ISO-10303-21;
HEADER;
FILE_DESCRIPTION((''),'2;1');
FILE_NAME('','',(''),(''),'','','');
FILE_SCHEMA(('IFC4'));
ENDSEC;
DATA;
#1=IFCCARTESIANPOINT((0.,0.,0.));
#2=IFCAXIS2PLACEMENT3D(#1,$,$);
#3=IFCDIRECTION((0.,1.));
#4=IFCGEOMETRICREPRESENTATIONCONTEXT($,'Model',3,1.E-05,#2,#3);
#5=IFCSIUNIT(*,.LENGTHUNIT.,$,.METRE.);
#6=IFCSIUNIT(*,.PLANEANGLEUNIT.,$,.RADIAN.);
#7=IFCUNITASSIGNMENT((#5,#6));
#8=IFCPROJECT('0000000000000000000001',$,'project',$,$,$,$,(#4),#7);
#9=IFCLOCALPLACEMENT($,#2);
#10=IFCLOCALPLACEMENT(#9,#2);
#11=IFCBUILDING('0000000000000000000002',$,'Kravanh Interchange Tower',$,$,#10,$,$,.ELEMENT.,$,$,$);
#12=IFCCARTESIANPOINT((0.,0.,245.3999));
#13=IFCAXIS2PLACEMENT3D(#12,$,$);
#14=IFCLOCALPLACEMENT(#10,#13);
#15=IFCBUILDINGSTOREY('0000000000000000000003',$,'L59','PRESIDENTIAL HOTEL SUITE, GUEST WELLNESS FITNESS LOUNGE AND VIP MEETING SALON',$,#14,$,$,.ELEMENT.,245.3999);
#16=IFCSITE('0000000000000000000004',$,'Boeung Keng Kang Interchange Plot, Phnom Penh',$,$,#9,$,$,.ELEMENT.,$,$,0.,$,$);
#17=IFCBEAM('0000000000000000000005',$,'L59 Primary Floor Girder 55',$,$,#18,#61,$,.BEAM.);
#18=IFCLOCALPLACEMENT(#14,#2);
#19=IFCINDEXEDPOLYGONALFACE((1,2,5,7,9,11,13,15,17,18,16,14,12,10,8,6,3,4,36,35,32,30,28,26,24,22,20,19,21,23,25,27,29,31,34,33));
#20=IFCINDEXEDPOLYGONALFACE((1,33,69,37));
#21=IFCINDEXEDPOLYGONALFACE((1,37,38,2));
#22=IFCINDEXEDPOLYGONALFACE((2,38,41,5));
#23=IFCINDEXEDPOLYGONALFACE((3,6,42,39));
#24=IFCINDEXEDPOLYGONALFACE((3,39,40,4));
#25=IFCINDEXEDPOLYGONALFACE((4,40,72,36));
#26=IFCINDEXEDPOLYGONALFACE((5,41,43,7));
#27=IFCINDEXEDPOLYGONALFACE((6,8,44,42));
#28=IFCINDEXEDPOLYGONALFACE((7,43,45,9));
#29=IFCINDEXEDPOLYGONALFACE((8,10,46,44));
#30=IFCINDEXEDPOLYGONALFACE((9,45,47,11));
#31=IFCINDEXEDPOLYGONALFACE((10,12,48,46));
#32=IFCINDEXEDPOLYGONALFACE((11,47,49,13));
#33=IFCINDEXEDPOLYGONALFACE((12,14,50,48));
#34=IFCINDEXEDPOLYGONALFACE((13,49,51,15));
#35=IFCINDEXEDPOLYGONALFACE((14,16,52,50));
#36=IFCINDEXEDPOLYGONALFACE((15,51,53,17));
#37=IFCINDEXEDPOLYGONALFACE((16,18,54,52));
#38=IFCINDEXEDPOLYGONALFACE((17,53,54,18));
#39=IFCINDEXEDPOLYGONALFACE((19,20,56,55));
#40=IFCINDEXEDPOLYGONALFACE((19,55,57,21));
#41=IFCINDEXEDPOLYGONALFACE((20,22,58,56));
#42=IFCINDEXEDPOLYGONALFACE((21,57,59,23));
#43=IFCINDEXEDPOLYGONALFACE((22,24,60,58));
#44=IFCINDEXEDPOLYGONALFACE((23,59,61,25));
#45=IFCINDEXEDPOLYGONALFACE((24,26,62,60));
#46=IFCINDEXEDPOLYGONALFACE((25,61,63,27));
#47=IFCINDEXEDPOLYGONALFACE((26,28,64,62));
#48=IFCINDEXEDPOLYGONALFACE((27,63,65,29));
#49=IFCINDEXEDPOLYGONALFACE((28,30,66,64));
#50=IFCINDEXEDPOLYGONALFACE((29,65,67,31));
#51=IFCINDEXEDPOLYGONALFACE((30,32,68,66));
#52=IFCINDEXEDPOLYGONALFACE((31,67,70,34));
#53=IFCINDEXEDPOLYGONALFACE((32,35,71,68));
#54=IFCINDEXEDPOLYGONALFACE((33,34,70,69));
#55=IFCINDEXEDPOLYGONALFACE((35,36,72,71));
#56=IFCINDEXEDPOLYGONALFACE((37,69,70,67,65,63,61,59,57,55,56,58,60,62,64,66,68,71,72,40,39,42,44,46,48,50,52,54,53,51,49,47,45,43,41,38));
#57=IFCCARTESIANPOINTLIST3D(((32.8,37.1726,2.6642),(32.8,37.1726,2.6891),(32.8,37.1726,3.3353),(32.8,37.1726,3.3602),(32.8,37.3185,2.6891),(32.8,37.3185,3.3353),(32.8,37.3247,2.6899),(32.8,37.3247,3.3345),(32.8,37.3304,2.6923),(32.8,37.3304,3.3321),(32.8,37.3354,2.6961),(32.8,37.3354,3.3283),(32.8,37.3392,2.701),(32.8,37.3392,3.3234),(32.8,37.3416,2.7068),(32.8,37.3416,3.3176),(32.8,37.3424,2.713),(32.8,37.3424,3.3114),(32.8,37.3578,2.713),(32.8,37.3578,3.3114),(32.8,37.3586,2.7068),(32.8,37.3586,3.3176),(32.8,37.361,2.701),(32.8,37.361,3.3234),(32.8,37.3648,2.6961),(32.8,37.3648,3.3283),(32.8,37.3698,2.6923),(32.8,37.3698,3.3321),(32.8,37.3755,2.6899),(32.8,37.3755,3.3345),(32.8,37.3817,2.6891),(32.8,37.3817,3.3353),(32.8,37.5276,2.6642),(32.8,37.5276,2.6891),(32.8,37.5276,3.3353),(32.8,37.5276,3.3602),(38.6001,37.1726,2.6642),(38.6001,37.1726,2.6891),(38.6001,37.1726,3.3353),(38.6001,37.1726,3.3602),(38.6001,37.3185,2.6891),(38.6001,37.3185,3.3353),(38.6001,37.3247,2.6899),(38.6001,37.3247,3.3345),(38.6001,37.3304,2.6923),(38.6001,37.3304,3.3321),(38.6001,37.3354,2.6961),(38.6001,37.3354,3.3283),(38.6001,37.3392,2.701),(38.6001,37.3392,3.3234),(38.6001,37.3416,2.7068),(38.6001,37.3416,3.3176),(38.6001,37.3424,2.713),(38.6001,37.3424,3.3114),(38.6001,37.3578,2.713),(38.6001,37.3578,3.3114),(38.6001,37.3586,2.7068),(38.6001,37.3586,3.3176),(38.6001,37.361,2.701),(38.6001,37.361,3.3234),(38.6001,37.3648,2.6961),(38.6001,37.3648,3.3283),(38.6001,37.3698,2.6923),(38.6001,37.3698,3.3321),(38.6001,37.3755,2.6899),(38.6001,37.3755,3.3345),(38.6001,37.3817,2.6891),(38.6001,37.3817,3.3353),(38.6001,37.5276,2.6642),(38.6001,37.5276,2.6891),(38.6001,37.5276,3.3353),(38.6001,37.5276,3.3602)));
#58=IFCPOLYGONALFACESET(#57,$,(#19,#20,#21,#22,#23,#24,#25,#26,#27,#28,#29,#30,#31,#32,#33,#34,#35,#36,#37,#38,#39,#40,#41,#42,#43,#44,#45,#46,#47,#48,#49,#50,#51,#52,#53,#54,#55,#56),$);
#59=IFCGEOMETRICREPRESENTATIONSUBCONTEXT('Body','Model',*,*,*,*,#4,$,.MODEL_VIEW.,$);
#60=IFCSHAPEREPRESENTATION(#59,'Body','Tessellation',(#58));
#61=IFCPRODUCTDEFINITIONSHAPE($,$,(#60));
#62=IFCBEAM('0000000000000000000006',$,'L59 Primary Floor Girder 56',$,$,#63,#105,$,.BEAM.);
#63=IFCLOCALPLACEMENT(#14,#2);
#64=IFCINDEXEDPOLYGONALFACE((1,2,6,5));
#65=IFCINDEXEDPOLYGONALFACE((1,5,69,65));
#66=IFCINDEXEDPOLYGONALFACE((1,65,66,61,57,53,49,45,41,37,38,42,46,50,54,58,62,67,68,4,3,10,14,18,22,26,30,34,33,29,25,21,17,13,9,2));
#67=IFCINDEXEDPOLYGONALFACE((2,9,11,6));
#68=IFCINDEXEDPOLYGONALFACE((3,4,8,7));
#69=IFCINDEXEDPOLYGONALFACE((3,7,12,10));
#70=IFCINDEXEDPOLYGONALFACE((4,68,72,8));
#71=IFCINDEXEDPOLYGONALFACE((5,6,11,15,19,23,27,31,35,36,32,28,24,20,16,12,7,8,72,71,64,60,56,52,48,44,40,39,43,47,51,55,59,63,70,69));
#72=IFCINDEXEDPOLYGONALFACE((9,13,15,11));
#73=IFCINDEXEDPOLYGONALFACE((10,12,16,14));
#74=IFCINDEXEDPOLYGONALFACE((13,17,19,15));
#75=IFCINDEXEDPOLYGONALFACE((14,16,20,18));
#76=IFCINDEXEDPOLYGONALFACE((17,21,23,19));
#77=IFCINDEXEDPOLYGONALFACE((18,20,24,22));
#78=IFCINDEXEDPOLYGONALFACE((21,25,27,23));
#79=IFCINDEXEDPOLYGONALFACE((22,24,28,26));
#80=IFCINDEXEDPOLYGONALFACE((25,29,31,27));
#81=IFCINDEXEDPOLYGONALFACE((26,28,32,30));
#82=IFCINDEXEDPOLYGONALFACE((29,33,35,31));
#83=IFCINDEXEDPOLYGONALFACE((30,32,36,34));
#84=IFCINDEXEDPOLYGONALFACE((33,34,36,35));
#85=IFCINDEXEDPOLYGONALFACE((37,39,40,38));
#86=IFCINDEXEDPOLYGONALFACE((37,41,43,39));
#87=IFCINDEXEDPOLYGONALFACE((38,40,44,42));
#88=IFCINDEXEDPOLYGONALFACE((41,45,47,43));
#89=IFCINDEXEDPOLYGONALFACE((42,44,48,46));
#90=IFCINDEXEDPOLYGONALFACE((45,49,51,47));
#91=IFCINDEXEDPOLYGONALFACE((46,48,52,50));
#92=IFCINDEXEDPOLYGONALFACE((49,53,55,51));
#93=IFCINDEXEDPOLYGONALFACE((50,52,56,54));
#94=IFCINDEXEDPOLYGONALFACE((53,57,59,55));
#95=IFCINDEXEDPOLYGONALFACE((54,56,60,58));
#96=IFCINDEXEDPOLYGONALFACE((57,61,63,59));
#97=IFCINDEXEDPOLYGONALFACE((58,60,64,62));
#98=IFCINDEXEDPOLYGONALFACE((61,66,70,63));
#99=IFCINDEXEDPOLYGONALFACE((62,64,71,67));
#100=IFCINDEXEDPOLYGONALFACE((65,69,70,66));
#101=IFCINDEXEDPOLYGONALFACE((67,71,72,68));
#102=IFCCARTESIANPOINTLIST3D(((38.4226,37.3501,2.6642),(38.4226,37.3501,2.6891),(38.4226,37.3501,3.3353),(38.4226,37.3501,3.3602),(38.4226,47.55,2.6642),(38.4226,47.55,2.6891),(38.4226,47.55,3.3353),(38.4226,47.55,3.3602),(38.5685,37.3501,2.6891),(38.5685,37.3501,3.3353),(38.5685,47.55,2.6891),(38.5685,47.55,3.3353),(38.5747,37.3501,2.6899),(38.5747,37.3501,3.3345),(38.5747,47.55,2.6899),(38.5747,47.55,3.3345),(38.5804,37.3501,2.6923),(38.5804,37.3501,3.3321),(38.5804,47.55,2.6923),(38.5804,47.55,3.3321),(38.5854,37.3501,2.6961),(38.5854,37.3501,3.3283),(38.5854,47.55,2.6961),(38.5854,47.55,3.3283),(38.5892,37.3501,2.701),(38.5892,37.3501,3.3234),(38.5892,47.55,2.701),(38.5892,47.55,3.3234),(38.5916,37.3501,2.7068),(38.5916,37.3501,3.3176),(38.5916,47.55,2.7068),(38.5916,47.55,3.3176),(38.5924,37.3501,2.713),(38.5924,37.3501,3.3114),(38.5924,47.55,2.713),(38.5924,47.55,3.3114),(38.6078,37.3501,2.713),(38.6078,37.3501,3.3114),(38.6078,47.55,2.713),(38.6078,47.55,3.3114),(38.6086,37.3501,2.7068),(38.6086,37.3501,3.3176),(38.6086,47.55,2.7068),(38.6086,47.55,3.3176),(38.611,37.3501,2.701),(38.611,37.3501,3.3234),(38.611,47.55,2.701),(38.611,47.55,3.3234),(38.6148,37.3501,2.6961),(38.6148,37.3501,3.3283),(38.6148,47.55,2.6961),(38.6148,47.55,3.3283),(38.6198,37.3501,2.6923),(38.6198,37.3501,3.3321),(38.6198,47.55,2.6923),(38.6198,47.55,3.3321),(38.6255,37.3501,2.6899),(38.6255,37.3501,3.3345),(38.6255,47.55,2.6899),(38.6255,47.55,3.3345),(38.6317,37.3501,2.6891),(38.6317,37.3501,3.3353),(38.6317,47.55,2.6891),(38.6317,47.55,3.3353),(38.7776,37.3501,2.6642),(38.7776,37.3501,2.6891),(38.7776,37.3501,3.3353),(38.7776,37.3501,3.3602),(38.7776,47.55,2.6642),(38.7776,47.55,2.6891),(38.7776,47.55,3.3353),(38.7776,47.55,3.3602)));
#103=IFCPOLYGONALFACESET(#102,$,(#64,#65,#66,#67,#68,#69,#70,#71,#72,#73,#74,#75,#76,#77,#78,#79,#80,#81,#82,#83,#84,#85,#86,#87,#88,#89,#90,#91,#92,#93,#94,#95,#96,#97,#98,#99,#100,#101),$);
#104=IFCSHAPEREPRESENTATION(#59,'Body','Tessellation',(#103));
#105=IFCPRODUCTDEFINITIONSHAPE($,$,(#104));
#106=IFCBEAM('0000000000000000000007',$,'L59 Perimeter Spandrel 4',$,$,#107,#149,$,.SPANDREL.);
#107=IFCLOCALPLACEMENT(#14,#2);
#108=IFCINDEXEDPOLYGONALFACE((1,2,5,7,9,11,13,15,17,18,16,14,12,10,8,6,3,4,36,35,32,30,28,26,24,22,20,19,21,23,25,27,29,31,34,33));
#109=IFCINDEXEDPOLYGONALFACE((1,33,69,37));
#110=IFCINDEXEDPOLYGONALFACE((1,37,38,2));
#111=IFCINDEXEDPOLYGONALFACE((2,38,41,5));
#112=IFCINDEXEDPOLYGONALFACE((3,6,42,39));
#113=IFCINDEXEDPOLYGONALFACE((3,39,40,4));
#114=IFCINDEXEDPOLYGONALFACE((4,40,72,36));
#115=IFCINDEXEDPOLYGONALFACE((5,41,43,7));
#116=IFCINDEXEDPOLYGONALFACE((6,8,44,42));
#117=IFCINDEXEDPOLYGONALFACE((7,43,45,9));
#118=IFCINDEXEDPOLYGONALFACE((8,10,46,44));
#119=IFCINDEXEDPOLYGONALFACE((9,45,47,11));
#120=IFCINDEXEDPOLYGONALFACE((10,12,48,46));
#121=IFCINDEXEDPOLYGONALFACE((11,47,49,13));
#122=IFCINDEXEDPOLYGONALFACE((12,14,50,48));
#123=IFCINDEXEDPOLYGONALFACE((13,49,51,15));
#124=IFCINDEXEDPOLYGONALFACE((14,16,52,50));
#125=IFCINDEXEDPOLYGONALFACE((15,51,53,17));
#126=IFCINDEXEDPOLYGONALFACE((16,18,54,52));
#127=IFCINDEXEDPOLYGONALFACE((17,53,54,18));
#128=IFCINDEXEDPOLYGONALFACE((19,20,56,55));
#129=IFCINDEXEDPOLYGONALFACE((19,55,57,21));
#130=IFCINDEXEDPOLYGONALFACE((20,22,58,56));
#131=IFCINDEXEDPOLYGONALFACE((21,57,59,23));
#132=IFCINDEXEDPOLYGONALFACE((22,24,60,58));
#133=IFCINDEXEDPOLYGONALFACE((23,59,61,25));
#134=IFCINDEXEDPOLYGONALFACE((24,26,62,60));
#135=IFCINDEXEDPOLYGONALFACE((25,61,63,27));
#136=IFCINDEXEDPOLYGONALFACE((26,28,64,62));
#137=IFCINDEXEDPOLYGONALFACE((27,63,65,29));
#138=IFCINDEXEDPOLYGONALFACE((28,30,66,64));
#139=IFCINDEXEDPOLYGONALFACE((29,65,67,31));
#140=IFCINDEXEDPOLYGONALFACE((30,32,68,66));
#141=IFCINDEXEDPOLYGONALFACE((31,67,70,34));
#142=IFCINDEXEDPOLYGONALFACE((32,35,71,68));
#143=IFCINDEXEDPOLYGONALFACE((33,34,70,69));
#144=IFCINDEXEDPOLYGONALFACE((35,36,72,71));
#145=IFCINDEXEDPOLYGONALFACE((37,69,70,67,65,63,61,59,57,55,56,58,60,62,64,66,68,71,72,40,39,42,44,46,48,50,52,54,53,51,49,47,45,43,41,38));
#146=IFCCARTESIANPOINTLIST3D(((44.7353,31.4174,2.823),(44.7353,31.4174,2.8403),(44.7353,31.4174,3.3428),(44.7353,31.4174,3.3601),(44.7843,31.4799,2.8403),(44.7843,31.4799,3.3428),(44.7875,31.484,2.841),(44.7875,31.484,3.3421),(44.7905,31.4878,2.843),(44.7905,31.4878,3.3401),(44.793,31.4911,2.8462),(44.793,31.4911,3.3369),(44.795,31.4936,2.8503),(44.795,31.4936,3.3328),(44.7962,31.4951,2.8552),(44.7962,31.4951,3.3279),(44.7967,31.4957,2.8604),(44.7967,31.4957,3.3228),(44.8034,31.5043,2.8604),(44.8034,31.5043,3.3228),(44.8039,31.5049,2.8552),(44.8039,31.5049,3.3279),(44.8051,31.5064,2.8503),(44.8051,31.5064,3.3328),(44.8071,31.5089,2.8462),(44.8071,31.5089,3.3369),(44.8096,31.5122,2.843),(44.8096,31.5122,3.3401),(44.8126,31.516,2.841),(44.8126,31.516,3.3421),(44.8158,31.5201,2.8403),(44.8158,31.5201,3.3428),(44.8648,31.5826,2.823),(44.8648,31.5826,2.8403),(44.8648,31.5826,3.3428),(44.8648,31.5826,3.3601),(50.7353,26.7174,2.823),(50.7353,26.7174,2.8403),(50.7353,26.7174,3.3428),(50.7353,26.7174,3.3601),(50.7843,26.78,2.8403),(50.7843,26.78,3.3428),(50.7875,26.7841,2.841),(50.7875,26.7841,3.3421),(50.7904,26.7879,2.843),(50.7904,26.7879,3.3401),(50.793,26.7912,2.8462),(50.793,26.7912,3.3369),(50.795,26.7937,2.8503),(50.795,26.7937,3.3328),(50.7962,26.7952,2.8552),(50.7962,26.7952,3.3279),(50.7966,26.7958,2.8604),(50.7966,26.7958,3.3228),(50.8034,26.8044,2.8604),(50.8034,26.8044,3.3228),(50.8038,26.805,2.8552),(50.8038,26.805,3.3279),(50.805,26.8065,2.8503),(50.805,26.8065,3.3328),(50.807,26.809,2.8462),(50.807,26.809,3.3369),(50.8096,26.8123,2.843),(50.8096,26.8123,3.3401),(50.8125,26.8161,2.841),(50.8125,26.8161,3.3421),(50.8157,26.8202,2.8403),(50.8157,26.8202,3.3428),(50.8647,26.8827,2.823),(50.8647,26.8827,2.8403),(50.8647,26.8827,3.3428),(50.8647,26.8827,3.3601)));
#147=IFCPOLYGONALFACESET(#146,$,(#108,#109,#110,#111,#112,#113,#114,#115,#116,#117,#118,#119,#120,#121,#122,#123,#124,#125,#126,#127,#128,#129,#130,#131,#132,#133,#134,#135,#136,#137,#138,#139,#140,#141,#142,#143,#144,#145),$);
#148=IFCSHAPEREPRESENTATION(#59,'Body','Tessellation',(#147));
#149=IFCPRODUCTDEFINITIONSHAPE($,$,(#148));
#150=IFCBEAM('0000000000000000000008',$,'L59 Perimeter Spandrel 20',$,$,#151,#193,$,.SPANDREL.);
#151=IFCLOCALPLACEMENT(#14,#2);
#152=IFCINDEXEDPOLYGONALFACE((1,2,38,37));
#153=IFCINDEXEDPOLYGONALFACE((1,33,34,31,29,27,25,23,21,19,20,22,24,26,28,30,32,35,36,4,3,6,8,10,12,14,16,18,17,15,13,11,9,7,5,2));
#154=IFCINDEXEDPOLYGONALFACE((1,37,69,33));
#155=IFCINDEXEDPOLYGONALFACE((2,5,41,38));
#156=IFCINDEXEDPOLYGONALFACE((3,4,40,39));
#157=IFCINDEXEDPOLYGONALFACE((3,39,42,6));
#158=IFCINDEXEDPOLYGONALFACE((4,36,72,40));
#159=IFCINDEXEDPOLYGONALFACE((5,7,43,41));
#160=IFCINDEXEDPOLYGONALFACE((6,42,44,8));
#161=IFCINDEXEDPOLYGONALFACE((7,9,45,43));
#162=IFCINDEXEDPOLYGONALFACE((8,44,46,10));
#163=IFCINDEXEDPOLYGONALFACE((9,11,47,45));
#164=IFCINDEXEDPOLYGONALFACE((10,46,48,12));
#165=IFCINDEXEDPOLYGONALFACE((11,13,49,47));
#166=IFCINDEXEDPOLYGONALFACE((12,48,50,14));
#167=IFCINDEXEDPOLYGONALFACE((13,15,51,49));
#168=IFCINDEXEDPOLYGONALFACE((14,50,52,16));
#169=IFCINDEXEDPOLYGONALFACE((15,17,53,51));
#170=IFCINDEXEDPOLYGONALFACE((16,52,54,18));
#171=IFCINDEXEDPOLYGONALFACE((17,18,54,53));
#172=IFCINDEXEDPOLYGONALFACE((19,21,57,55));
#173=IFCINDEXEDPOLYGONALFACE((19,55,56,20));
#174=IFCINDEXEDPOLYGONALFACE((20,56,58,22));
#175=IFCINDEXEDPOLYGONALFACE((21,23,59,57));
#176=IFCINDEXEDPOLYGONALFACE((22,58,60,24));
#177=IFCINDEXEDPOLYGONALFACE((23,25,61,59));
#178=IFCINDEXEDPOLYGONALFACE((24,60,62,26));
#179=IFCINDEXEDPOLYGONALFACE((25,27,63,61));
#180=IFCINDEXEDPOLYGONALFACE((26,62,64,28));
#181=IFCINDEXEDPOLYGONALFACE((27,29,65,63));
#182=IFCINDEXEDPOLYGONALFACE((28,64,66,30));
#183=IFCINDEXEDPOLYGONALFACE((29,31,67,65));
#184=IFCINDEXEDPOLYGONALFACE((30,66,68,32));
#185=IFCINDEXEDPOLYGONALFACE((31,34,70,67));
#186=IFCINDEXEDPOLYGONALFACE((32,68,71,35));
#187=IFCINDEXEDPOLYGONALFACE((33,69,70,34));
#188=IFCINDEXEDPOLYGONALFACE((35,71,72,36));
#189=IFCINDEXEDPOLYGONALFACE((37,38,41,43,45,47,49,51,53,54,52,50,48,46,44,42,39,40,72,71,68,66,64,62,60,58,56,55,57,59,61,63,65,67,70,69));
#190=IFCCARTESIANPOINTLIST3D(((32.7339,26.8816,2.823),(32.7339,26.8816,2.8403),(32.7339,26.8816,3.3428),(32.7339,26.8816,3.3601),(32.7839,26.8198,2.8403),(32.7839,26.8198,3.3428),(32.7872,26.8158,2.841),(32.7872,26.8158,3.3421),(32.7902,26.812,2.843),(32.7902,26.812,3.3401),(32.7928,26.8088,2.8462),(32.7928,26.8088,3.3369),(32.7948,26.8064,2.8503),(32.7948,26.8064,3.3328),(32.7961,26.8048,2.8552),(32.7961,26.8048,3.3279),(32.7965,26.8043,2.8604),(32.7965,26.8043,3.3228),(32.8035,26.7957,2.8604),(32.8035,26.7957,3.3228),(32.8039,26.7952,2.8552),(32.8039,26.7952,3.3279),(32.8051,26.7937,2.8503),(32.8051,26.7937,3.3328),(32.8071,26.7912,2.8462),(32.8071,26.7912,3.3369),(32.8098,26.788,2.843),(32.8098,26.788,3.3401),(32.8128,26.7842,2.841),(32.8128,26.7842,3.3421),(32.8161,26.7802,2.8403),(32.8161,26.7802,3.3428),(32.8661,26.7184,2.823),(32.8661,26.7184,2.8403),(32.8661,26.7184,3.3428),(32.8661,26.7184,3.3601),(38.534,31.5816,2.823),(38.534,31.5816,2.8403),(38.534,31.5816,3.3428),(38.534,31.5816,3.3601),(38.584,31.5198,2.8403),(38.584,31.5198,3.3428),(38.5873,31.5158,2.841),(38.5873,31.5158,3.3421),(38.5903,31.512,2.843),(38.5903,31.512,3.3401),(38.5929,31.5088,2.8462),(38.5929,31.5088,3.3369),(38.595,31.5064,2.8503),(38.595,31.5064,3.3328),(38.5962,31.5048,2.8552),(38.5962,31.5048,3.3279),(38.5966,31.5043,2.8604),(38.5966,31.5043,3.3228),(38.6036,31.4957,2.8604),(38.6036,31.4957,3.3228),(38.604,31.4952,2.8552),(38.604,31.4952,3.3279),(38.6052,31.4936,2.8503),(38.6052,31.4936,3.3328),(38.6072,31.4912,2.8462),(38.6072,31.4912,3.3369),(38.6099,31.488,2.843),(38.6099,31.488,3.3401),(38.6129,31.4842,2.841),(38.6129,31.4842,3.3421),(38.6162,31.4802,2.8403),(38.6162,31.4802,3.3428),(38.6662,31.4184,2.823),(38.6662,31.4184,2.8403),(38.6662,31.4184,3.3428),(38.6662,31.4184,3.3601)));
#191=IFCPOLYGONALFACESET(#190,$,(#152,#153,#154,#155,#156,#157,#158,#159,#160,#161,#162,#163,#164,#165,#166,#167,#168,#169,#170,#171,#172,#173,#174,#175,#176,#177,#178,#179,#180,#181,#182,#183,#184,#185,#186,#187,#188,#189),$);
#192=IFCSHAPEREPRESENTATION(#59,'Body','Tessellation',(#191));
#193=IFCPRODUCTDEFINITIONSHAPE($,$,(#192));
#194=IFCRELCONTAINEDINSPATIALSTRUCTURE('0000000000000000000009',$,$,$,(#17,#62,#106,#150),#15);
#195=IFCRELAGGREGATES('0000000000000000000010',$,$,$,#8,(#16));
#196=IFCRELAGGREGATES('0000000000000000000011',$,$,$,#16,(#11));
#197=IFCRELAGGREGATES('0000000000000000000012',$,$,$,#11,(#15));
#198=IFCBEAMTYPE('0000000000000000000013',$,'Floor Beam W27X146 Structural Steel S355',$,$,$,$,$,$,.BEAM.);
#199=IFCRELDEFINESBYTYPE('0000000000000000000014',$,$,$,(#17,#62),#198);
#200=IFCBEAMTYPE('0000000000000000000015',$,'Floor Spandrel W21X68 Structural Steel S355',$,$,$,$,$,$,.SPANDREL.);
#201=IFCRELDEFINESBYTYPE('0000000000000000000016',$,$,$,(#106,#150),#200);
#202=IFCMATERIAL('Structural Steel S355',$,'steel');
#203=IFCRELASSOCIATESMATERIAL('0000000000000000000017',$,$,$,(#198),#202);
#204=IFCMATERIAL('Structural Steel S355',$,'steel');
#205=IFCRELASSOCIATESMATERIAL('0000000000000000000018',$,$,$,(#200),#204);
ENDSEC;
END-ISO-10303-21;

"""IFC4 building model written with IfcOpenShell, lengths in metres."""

from ifc_helpers import new_model, si_unit, direction, frame, origin, origin_2d, place, context, subcontext, project, spatial, i_section, extrude, material, material_profile, profile_set, type_object, element, save


model = new_model("IFC4")

# Units and contexts
model_context = context("Model", 3, precision=1e-05, world=origin(), true_north=direction((0.0, 1.0)))
body_context = subcontext(model_context, "Body", "Model", "MODEL_VIEW")
ifc_project = project(units=[si_unit("LENGTHUNIT", "METRE"), si_unit("PLANEANGLEUNIT", "RADIAN")], contexts=[model_context])

# Site, building, storey
site_placement = place(None, origin())
site = spatial("IfcSite", under=ifc_project, at=site_placement, Name="Boeung Keng Kang Interchange Plot, Phnom Penh", CompositionType="ELEMENT", RefElevation=0.0)
building_placement = place(site_placement, origin())
building = spatial("IfcBuilding", under=site, at=building_placement, Name="Kravanh Interchange Tower", CompositionType="ELEMENT")
storey_placement = place(building_placement, frame((0.0, 0.0, 245.3999)))
storey = spatial("IfcBuildingStorey", under=building, at=storey_placement, Name="L59", Description="PRESIDENTIAL HOTEL SUITE, GUEST WELLNESS FITNESS LOUNGE AND VIP MEETING SALON", CompositionType="ELEMENT", Elevation=245.3999)

# Beams
ifc_material_1 = material(Name="Structural Steel S355", Category="steel")
ifc_material_profile_1 = material_profile(ifc_material_1, i_section(OverallWidth=0.355, OverallDepth=0.696, WebThickness=0.0154, FlangeThickness=0.0249, FilletRadius=0.0239, at=origin_2d()), Name="W27X146")
ifc_profile_set_1 = profile_set([ifc_material_profile_1], Name="Structural Steel S355")
beam_type_1 = type_object("IfcBeamType", Name="Floor Beam W27X146 Structural Steel S355", PredefinedType="BEAM", material=ifc_profile_set_1)
beam_1_placement = place(storey_placement, frame((38.6001, 37.3501, 3.0122), z_axis=(-1.0, 0.0, 0.0), x_axis=(0.0, -1.0, 0.0)))
element("IfcBeam", 1, at=beam_1_placement, inside=storey, type_object=beam_type_1, Name="L59 Primary Floor Girder 55", PredefinedType="BEAM", context=body_context, shape_type="SweptSolid", body=[
    extrude(i_section(OverallWidth=0.355, OverallDepth=0.696, WebThickness=0.0154, FlangeThickness=0.0249, FilletRadius=0.0239, at=origin_2d()), origin(), (0.0, 0.0, 1.0), 5.8),
])
beam_2_placement = place(storey_placement, frame((38.6001, 37.3501, 3.0122), z_axis=(0.0, 1.0, 0.0), x_axis=(-1.0, 0.0, 0.0)))
element("IfcBeam", 2, at=beam_2_placement, inside=storey, type_object=beam_type_1, Name="L59 Primary Floor Girder 56", PredefinedType="BEAM", context=body_context, shape_type="SweptSolid", body=[
    extrude(i_section(OverallWidth=0.355, OverallDepth=0.696, WebThickness=0.0154, FlangeThickness=0.0249, FilletRadius=0.0239, at=origin_2d()), origin(), (0.0, 0.0, 1.0), 10.2),
])
ifc_material_2 = material(Name="Structural Steel S355", Category="steel")
ifc_material_profile_2 = material_profile(ifc_material_2, i_section(OverallWidth=0.21, OverallDepth=0.5371, WebThickness=0.011, FlangeThickness=0.0173, FilletRadius=0.02, at=origin_2d()), Name="W21X68")
ifc_profile_set_2 = profile_set([ifc_material_profile_2], Name="Structural Steel S355")
beam_type_2 = type_object("IfcBeamType", Name="Floor Spandrel W21X68 Structural Steel S355", PredefinedType="SPANDREL", material=ifc_profile_set_2)
beam_3_placement = place(storey_placement, frame((44.8, 31.5, 3.0916), z_axis=(0.787231, -0.616658, 0.0), x_axis=(0.616658, 0.787231, 0.0)))
element("IfcBeam", 3, at=beam_3_placement, inside=storey, type_object=beam_type_2, Name="L59 Perimeter Spandrel 4", PredefinedType="SPANDREL", context=body_context, shape_type="SweptSolid", body=[
    extrude(i_section(OverallWidth=0.21, OverallDepth=0.5371, WebThickness=0.011, FlangeThickness=0.0173, FilletRadius=0.02, at=origin_2d()), origin(), (0.0, 0.0, 1.0), 7.6216),
])
beam_4_placement = place(storey_placement, frame((38.6001, 31.5, 3.0916), z_axis=(-0.776939, -0.629576, 0.0), x_axis=(0.629576, -0.776939, 0.0)))
element("IfcBeam", 4, at=beam_4_placement, inside=storey, type_object=beam_type_2, Name="L59 Perimeter Spandrel 20", PredefinedType="SPANDREL", context=body_context, shape_type="SweptSolid", body=[
    extrude(i_section(OverallWidth=0.21, OverallDepth=0.5371, WebThickness=0.011, FlangeThickness=0.0173, FilletRadius=0.02, at=origin_2d()), origin(), (0.0, 0.0, 1.0), 7.4653),
])

save(model, "model.ifc")
